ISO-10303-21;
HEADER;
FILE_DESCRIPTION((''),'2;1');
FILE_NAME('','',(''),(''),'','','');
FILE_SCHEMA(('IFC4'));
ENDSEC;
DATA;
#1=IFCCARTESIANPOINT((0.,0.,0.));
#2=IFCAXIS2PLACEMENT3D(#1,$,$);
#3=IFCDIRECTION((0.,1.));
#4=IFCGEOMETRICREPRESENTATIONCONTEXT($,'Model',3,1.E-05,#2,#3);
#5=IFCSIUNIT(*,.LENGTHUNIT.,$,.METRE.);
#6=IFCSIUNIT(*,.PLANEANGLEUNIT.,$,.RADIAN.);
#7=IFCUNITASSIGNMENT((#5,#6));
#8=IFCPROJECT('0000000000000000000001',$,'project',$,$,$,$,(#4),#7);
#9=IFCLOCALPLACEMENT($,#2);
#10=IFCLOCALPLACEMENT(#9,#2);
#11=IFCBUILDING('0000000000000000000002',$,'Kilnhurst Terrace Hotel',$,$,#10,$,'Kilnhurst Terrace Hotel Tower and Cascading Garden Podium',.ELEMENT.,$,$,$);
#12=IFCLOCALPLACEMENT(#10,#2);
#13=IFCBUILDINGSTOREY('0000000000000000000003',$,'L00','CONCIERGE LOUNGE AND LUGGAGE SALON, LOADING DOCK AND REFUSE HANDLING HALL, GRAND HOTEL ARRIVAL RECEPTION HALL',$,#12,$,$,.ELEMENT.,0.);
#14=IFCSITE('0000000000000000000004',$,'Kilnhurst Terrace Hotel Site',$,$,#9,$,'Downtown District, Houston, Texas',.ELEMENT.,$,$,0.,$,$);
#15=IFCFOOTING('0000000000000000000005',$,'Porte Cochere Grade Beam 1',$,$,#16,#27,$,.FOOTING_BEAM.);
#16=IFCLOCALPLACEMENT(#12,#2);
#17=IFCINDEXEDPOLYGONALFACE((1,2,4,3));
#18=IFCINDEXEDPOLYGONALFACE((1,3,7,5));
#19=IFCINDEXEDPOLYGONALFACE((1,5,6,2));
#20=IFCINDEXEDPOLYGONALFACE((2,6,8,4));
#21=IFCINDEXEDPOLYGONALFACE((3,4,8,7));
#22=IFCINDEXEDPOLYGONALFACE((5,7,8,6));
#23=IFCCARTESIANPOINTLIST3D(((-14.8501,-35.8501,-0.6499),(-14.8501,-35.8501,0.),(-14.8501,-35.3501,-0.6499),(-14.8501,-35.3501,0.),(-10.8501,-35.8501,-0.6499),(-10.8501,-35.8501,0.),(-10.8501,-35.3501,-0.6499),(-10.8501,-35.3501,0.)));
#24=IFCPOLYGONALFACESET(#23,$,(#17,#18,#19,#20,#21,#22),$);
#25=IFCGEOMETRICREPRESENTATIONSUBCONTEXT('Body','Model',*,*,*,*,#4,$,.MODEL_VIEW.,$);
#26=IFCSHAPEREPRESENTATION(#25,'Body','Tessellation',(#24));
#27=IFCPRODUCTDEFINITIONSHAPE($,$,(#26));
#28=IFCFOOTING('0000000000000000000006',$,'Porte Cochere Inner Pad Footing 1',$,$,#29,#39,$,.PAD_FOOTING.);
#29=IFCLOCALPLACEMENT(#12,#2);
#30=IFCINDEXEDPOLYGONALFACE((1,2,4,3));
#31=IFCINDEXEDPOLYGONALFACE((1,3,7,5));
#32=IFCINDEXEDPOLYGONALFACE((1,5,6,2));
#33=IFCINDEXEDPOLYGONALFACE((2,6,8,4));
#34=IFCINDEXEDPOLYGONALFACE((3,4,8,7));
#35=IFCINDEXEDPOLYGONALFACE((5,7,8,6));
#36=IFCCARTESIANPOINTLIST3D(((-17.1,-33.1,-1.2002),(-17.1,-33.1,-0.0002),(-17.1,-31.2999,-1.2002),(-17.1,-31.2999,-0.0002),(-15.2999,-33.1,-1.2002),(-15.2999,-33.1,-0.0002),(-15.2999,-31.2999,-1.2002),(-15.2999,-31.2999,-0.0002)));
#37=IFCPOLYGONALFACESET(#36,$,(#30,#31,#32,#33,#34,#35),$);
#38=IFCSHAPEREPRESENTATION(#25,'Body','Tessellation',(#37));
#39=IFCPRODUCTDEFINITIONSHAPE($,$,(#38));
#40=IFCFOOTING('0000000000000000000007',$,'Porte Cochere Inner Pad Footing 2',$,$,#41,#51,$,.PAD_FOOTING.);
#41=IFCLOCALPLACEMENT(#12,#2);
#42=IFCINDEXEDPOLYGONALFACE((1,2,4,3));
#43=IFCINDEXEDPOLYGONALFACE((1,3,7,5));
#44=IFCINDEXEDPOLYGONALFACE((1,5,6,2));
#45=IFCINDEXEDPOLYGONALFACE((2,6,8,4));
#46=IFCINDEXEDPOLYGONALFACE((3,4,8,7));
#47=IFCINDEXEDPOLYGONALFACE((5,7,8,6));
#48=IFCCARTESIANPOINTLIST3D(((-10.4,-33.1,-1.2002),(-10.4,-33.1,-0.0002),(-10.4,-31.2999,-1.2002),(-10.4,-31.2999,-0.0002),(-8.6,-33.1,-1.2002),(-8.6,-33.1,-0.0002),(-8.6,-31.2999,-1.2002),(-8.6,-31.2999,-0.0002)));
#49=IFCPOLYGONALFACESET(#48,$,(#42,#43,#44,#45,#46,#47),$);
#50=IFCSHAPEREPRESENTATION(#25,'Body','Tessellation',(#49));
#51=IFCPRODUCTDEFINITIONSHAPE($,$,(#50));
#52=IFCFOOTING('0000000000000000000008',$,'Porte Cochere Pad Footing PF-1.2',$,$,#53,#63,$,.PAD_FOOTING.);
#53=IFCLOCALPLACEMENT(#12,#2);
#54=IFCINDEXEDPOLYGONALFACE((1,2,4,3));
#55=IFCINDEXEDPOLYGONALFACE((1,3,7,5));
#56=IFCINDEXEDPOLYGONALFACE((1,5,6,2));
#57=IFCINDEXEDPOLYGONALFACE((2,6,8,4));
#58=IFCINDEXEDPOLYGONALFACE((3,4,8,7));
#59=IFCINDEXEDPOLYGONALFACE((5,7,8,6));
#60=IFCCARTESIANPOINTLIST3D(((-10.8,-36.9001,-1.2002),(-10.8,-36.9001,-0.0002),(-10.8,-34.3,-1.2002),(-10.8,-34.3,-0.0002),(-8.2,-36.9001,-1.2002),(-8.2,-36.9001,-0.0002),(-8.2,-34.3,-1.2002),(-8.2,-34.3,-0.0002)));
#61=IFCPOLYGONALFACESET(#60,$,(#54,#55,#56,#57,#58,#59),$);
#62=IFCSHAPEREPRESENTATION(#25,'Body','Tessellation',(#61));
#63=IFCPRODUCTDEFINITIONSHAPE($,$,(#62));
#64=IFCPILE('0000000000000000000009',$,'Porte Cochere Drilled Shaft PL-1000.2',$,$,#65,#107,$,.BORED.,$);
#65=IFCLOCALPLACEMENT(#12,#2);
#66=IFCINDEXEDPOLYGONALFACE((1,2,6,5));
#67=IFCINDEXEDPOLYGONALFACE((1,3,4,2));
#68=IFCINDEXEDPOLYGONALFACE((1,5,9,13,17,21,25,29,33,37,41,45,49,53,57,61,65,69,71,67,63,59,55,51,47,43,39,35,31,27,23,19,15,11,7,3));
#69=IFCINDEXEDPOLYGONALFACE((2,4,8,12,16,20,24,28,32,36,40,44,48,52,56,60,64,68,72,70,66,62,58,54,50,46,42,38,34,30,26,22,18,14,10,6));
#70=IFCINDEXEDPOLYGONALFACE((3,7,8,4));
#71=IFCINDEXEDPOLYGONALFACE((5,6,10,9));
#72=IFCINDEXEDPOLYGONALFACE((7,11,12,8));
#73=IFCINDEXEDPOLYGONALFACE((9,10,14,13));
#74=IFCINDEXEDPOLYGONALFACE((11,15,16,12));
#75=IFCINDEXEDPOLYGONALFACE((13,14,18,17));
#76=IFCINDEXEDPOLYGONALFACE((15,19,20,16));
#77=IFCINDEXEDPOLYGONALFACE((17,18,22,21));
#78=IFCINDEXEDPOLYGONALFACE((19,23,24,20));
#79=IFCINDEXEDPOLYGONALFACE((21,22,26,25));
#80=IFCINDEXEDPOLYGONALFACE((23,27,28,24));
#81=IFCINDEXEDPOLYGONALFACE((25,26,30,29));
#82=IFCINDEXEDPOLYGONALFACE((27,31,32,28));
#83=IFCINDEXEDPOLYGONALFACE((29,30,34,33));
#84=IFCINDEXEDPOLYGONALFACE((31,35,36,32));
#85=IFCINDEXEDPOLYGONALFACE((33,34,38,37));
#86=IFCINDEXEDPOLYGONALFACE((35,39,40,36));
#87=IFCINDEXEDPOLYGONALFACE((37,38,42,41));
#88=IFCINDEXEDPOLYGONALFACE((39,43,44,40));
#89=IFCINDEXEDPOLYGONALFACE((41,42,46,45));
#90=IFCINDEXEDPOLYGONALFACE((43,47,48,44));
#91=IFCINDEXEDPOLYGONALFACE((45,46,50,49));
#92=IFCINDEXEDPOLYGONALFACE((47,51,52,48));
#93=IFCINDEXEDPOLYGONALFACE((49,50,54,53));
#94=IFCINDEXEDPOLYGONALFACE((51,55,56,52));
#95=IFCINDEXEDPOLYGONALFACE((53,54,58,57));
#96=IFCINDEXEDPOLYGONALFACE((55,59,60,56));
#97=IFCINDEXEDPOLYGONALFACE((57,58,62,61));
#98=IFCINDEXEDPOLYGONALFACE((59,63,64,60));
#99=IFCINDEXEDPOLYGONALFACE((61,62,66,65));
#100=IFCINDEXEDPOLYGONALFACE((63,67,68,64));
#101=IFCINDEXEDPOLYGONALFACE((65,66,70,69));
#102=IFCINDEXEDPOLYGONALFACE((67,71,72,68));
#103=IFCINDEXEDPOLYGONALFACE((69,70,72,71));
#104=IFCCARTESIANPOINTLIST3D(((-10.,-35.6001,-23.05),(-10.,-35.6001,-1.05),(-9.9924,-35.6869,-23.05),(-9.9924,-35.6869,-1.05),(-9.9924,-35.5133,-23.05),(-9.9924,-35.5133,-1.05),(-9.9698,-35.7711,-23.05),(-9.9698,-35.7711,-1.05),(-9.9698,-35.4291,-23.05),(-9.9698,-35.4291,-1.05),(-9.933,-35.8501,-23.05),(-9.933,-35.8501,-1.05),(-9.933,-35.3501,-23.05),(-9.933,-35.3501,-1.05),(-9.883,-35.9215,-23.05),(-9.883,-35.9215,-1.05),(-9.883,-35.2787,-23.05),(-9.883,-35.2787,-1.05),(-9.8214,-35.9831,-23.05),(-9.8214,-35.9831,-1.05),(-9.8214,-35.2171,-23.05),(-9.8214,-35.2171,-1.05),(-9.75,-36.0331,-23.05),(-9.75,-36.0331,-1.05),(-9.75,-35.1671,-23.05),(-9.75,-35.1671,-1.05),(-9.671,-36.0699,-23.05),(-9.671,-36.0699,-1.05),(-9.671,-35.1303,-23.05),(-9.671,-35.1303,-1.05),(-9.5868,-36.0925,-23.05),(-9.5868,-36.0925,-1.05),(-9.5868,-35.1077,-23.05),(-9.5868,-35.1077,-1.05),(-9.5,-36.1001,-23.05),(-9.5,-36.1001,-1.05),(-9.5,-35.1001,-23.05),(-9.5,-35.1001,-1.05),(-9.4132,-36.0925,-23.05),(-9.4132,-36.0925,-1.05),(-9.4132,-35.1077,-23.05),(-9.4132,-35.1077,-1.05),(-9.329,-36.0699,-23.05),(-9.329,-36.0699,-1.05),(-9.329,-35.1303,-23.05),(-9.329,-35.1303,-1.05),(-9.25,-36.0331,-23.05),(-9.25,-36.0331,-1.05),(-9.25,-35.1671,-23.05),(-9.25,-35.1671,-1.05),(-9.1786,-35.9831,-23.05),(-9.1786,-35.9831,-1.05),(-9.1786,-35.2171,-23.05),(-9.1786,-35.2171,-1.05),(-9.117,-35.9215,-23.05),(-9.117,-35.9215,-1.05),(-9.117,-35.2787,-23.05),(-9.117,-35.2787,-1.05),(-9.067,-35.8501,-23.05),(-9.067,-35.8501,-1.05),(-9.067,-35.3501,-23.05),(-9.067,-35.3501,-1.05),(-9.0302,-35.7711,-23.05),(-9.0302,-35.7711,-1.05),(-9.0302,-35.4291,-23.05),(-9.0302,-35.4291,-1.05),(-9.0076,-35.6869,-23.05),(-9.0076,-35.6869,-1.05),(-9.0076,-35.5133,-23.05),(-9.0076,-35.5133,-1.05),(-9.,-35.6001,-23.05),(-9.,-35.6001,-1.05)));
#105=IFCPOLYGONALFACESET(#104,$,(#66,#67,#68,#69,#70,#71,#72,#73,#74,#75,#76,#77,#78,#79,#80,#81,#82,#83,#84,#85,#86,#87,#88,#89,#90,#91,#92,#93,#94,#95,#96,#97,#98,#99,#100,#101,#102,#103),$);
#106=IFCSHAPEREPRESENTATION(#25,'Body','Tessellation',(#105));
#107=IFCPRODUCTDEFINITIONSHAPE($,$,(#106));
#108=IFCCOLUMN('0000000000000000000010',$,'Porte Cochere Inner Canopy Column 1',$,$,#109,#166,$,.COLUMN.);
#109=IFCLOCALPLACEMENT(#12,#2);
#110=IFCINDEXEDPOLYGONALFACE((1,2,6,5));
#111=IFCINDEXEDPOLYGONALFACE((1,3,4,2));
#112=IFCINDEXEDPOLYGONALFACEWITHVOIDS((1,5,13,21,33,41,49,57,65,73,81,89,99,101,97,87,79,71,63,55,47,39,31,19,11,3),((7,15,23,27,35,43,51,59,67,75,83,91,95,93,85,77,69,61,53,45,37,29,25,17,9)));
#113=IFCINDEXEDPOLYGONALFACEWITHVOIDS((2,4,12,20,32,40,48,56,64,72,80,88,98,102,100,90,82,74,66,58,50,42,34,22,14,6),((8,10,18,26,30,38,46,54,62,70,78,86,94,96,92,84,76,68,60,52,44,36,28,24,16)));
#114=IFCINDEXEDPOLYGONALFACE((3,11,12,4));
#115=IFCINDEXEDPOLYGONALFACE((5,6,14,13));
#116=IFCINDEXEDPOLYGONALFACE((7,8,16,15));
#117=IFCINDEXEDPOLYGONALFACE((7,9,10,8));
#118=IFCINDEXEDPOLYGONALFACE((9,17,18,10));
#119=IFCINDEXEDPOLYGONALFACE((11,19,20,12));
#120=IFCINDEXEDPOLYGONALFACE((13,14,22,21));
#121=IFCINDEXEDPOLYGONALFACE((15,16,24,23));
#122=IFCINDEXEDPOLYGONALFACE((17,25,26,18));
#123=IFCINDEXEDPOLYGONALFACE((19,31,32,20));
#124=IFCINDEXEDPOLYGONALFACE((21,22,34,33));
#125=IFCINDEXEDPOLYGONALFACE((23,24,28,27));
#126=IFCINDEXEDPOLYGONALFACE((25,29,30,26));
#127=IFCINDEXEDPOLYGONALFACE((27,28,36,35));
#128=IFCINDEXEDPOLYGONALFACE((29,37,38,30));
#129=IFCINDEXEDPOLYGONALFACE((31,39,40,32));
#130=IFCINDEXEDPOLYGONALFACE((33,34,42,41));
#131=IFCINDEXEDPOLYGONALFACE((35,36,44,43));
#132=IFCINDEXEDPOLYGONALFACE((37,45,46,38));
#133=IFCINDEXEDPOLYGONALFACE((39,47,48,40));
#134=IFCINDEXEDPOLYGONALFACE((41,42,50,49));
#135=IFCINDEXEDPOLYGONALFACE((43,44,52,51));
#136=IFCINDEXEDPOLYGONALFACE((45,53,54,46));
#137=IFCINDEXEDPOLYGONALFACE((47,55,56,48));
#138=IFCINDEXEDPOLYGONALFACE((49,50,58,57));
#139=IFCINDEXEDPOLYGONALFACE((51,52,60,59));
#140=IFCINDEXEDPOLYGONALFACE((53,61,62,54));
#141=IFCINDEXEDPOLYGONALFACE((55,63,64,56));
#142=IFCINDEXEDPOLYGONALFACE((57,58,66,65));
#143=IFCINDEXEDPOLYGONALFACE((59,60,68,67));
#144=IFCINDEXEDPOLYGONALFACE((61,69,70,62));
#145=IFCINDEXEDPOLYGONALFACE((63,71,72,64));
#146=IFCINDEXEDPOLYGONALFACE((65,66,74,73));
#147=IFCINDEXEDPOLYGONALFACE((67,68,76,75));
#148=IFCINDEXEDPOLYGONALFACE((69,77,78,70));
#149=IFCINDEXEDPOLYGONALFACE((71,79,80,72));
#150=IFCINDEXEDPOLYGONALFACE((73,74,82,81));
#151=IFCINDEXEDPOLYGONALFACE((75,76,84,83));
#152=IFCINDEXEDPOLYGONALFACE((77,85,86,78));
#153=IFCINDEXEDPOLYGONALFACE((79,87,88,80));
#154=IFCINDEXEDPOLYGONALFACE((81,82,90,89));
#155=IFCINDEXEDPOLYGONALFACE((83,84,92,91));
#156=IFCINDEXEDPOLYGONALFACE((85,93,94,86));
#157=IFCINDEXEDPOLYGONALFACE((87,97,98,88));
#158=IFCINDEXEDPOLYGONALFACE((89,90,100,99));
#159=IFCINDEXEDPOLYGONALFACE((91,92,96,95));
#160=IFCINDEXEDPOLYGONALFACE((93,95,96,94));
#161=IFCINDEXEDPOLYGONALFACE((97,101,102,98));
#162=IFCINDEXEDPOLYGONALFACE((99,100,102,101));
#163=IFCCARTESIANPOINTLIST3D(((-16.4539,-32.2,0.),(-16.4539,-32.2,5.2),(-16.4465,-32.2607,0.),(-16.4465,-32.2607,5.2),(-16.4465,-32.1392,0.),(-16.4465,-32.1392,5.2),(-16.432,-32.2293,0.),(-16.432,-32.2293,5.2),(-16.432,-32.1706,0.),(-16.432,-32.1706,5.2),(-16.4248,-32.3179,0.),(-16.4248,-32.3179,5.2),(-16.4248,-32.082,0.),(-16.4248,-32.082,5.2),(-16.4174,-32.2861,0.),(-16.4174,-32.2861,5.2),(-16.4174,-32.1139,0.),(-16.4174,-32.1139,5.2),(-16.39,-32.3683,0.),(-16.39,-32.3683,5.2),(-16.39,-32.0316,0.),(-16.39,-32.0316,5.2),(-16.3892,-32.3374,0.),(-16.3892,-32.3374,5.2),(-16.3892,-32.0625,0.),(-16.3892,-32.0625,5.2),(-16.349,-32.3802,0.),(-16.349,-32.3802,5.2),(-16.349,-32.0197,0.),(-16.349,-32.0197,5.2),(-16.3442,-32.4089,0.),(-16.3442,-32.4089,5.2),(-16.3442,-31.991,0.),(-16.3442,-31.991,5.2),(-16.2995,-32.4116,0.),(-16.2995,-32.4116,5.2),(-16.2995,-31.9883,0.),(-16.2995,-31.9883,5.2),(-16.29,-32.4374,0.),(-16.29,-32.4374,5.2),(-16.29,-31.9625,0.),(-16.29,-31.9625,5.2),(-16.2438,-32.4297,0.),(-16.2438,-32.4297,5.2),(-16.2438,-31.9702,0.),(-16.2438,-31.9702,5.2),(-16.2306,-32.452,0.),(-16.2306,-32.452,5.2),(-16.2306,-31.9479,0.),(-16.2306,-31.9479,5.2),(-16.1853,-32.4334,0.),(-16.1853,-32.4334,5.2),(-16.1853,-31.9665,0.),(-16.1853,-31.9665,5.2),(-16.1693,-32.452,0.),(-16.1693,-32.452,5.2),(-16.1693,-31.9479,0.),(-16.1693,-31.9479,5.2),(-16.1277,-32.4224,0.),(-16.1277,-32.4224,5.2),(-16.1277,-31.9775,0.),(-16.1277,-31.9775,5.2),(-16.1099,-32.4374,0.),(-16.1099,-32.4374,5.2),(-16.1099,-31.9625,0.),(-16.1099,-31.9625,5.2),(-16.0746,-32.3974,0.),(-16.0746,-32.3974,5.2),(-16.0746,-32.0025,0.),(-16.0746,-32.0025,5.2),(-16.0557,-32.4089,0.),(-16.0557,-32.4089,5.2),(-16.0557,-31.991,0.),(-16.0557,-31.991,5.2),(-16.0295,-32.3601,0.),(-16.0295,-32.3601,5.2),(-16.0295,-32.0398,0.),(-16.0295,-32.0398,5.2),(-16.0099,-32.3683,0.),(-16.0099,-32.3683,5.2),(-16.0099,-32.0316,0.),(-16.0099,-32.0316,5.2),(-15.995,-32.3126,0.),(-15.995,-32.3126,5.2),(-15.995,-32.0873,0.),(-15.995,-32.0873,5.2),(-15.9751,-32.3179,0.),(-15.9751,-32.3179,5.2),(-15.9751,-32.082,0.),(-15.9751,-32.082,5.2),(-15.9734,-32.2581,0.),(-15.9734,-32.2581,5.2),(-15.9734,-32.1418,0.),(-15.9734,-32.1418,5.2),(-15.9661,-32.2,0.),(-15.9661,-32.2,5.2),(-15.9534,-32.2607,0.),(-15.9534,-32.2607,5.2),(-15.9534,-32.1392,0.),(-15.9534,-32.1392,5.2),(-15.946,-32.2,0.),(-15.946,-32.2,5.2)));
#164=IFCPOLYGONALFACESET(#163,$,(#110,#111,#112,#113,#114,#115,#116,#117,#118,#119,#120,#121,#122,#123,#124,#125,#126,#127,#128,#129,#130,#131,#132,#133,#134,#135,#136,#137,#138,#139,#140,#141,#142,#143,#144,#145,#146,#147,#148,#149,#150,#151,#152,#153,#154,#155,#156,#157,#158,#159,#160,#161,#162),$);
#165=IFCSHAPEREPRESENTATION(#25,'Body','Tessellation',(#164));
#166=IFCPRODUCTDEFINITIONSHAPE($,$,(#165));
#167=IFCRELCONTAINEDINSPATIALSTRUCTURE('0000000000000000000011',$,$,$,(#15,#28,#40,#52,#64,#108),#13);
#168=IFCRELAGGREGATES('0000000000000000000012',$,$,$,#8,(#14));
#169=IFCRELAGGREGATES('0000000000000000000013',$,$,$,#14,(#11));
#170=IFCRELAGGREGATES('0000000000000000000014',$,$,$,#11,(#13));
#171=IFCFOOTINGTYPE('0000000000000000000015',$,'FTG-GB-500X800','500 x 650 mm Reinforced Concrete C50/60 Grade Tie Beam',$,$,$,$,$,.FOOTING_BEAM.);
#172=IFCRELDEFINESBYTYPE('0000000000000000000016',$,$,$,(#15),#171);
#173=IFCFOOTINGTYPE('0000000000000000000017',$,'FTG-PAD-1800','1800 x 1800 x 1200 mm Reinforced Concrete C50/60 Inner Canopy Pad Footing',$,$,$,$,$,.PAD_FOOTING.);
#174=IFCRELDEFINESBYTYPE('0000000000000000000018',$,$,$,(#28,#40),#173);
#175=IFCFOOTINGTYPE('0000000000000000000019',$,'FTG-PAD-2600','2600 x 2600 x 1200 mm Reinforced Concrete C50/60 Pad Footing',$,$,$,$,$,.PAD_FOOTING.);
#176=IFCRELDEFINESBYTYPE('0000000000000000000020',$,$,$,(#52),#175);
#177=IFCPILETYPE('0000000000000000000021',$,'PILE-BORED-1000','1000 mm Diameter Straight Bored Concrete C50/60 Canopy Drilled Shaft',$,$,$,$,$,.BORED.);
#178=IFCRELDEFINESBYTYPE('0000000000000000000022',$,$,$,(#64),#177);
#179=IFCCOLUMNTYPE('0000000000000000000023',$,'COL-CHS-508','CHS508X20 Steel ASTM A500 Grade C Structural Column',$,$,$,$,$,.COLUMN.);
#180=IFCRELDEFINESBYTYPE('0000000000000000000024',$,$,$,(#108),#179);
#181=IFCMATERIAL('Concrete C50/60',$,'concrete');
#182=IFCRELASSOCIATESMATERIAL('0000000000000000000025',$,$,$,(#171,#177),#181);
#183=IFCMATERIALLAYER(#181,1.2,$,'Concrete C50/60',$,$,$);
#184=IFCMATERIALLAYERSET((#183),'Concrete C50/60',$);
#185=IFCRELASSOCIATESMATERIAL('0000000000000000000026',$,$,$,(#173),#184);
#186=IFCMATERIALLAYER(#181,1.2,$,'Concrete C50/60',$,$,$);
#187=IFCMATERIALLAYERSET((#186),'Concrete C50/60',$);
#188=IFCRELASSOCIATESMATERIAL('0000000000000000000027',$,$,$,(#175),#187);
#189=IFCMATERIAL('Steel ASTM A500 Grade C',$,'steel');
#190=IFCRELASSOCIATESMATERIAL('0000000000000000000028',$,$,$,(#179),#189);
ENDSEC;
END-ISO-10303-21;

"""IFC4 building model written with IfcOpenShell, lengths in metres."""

from ifc_helpers import new_model, si_unit, direction, frame, origin, origin_2d, place, context, subcontext, project, spatial, rectangle, circle, hollow_circle, extrude, material, layer, layer_set, material_profile, profile_set, type_object, element, save


model = new_model("IFC4")

# Units and contexts
model_context = context("Model", 3, precision=1e-05, world=origin(), true_north=direction((0.0, 1.0)))
body_context = subcontext(model_context, "Body", "Model", "MODEL_VIEW")
ifc_project = project(units=[si_unit("LENGTHUNIT", "METRE"), si_unit("PLANEANGLEUNIT", "RADIAN")], contexts=[model_context])

# Site, building, storey
site_placement = place(None, origin())
site = spatial("IfcSite", under=ifc_project, at=site_placement, Name="Kilnhurst Terrace Hotel Site", LongName="Downtown District, Houston, Texas", CompositionType="ELEMENT", RefElevation=0.0)
building_placement = place(site_placement, origin())
building = spatial("IfcBuilding", under=site, at=building_placement, Name="Kilnhurst Terrace Hotel", LongName="Kilnhurst Terrace Hotel Tower and Cascading Garden Podium", CompositionType="ELEMENT")
storey_placement = place(building_placement, origin())
storey = spatial("IfcBuildingStorey", under=building, at=storey_placement, Name="L00", Description="CONCIERGE LOUNGE AND LUGGAGE SALON, LOADING DOCK AND REFUSE HANDLING HALL, GRAND HOTEL ARRIVAL RECEPTION HALL", CompositionType="ELEMENT", Elevation=0.0)

# Footings
ifc_material_1 = material(Name="Concrete C50/60", Category="concrete")
ifc_material_profile_1 = material_profile(ifc_material_1, rectangle(XDim=0.5, YDim=0.6499, at=origin_2d()), Name="RC500X650")
ifc_profile_set_1 = profile_set([ifc_material_profile_1], Name="Concrete C50/60")
footing_type_1 = type_object("IfcFootingType", Name="FTG-GB-500X800", Description="500 x 650 mm Reinforced Concrete C50/60 Grade Tie Beam", PredefinedType="FOOTING_BEAM", material=ifc_profile_set_1)
footing_1_placement = place(storey_placement, frame((-14.8501, -35.6001, -0.325), z_axis=(1.0, 0.0, 0.0), x_axis=(0.0, 1.0, 0.0)))
element("IfcFooting", 1, at=footing_1_placement, inside=storey, type_object=footing_type_1, Name="Porte Cochere Grade Beam 1", PredefinedType="FOOTING_BEAM", context=body_context, shape_type="SweptSolid", body=[
    extrude(rectangle(XDim=0.5, YDim=0.6499, at=origin_2d()), origin(), (0.0, 0.0, 1.0), 4.0),
])
ifc_layer_1 = layer(ifc_material_1, 1.2, Name="Concrete C50/60")
ifc_layer_set_1 = layer_set([ifc_layer_1], Name="Concrete C50/60")
footing_type_2 = type_object("IfcFootingType", Name="FTG-PAD-1800", Description="1800 x 1800 x 1200 mm Reinforced Concrete C50/60 Inner Canopy Pad Footing", PredefinedType="PAD_FOOTING", material=ifc_layer_set_1)
for number, where, z_axis, x_axis, name in (
    (2, (-16.2, -32.2, -1.2002), (0.0, 0.0, 1.0), (1.0, 0.0, 0.0), "Porte Cochere Inner Pad Footing 1"),
    (3, (-9.5, -32.2, -1.2002), (0.0, 0.0, 1.0), (1.0, 0.0, 0.0), "Porte Cochere Inner Pad Footing 2"),
):
    element("IfcFooting", number, at=place(storey_placement, frame(where, z_axis=z_axis, x_axis=x_axis)), inside=storey, type_object=footing_type_2, Name=name, PredefinedType="PAD_FOOTING", context=body_context, shape_type="SweptSolid", body=[
        extrude(rectangle(XDim=1.8, YDim=1.8, at=origin_2d()), origin(), (0.0, 0.0, 1.0), 1.2),
    ])
ifc_layer_2 = layer(ifc_material_1, 1.2, Name="Concrete C50/60")
ifc_layer_set_2 = layer_set([ifc_layer_2], Name="Concrete C50/60")
footing_type_3 = type_object("IfcFootingType", Name="FTG-PAD-2600", Description="2600 x 2600 x 1200 mm Reinforced Concrete C50/60 Pad Footing", PredefinedType="PAD_FOOTING", material=ifc_layer_set_2)
footing_2_placement = place(storey_placement, frame((-9.5, -35.6001, -1.2002), z_axis=(0.0, 0.0, 1.0), x_axis=(1.0, 0.0, 0.0)))
element("IfcFooting", 4, at=footing_2_placement, inside=storey, type_object=footing_type_3, Name="Porte Cochere Pad Footing PF-1.2", PredefinedType="PAD_FOOTING", context=body_context, shape_type="SweptSolid", body=[
    extrude(rectangle(XDim=2.6001, YDim=2.6001, at=origin_2d()), origin(), (0.0, 0.0, 1.0), 1.2),
])

# Pile
ifc_material_profile_2 = material_profile(ifc_material_1, circle(Radius=0.5, at=origin_2d()), Name="PILE1000")
ifc_profile_set_2 = profile_set([ifc_material_profile_2], Name="Concrete C50/60")
pile_type = type_object("IfcPileType", Name="PILE-BORED-1000", Description="1000 mm Diameter Straight Bored Concrete C50/60 Canopy Drilled Shaft", PredefinedType="BORED", material=ifc_profile_set_2)
pile_placement = place(storey_placement, frame((-9.5, -35.6001, -1.05), z_axis=(0.0, 0.0, -1.0), x_axis=(1.0, 0.0, 0.0)))
element("IfcPile", 5, at=pile_placement, inside=storey, type_object=pile_type, Name="Porte Cochere Drilled Shaft PL-1000.2", PredefinedType="BORED", context=body_context, shape_type="SweptSolid", body=[
    extrude(circle(Radius=0.5, at=origin_2d()), origin(), (0.0, 0.0, 1.0), 22.0),
])

# Column
ifc_material_2 = material(Name="Steel ASTM A500 Grade C", Category="steel")
ifc_material_profile_3 = material_profile(ifc_material_2, hollow_circle(Radius=0.2539, WallThickness=0.02, at=origin_2d()), Name="CHS508X20")
ifc_profile_set_3 = profile_set([ifc_material_profile_3], Name="Steel ASTM A500 Grade C")
column_type_1 = type_object("IfcColumnType", Name="COL-CHS-508", Description="CHS508X20 Steel ASTM A500 Grade C Structural Column", PredefinedType="COLUMN", material=ifc_profile_set_3)
for number, where, z_axis, x_axis, name in (
    (6, (-16.2, -32.2, 0.0), (0.0, 0.0, 1.0), (1.0, 0.0, 0.0), "Porte Cochere Inner Canopy Column 1"),
):
    element("IfcColumn", number, at=place(storey_placement, frame(where, z_axis=z_axis, x_axis=x_axis)), inside=storey, type_object=column_type_1, Name=name, PredefinedType="COLUMN", context=body_context, shape_type="SweptSolid", body=[
        extrude(hollow_circle(Radius=0.2539, WallThickness=0.02, at=origin_2d()), origin(), (0.0, 0.0, 1.0), 5.2),
    ])

save(model, "model.ifc")
